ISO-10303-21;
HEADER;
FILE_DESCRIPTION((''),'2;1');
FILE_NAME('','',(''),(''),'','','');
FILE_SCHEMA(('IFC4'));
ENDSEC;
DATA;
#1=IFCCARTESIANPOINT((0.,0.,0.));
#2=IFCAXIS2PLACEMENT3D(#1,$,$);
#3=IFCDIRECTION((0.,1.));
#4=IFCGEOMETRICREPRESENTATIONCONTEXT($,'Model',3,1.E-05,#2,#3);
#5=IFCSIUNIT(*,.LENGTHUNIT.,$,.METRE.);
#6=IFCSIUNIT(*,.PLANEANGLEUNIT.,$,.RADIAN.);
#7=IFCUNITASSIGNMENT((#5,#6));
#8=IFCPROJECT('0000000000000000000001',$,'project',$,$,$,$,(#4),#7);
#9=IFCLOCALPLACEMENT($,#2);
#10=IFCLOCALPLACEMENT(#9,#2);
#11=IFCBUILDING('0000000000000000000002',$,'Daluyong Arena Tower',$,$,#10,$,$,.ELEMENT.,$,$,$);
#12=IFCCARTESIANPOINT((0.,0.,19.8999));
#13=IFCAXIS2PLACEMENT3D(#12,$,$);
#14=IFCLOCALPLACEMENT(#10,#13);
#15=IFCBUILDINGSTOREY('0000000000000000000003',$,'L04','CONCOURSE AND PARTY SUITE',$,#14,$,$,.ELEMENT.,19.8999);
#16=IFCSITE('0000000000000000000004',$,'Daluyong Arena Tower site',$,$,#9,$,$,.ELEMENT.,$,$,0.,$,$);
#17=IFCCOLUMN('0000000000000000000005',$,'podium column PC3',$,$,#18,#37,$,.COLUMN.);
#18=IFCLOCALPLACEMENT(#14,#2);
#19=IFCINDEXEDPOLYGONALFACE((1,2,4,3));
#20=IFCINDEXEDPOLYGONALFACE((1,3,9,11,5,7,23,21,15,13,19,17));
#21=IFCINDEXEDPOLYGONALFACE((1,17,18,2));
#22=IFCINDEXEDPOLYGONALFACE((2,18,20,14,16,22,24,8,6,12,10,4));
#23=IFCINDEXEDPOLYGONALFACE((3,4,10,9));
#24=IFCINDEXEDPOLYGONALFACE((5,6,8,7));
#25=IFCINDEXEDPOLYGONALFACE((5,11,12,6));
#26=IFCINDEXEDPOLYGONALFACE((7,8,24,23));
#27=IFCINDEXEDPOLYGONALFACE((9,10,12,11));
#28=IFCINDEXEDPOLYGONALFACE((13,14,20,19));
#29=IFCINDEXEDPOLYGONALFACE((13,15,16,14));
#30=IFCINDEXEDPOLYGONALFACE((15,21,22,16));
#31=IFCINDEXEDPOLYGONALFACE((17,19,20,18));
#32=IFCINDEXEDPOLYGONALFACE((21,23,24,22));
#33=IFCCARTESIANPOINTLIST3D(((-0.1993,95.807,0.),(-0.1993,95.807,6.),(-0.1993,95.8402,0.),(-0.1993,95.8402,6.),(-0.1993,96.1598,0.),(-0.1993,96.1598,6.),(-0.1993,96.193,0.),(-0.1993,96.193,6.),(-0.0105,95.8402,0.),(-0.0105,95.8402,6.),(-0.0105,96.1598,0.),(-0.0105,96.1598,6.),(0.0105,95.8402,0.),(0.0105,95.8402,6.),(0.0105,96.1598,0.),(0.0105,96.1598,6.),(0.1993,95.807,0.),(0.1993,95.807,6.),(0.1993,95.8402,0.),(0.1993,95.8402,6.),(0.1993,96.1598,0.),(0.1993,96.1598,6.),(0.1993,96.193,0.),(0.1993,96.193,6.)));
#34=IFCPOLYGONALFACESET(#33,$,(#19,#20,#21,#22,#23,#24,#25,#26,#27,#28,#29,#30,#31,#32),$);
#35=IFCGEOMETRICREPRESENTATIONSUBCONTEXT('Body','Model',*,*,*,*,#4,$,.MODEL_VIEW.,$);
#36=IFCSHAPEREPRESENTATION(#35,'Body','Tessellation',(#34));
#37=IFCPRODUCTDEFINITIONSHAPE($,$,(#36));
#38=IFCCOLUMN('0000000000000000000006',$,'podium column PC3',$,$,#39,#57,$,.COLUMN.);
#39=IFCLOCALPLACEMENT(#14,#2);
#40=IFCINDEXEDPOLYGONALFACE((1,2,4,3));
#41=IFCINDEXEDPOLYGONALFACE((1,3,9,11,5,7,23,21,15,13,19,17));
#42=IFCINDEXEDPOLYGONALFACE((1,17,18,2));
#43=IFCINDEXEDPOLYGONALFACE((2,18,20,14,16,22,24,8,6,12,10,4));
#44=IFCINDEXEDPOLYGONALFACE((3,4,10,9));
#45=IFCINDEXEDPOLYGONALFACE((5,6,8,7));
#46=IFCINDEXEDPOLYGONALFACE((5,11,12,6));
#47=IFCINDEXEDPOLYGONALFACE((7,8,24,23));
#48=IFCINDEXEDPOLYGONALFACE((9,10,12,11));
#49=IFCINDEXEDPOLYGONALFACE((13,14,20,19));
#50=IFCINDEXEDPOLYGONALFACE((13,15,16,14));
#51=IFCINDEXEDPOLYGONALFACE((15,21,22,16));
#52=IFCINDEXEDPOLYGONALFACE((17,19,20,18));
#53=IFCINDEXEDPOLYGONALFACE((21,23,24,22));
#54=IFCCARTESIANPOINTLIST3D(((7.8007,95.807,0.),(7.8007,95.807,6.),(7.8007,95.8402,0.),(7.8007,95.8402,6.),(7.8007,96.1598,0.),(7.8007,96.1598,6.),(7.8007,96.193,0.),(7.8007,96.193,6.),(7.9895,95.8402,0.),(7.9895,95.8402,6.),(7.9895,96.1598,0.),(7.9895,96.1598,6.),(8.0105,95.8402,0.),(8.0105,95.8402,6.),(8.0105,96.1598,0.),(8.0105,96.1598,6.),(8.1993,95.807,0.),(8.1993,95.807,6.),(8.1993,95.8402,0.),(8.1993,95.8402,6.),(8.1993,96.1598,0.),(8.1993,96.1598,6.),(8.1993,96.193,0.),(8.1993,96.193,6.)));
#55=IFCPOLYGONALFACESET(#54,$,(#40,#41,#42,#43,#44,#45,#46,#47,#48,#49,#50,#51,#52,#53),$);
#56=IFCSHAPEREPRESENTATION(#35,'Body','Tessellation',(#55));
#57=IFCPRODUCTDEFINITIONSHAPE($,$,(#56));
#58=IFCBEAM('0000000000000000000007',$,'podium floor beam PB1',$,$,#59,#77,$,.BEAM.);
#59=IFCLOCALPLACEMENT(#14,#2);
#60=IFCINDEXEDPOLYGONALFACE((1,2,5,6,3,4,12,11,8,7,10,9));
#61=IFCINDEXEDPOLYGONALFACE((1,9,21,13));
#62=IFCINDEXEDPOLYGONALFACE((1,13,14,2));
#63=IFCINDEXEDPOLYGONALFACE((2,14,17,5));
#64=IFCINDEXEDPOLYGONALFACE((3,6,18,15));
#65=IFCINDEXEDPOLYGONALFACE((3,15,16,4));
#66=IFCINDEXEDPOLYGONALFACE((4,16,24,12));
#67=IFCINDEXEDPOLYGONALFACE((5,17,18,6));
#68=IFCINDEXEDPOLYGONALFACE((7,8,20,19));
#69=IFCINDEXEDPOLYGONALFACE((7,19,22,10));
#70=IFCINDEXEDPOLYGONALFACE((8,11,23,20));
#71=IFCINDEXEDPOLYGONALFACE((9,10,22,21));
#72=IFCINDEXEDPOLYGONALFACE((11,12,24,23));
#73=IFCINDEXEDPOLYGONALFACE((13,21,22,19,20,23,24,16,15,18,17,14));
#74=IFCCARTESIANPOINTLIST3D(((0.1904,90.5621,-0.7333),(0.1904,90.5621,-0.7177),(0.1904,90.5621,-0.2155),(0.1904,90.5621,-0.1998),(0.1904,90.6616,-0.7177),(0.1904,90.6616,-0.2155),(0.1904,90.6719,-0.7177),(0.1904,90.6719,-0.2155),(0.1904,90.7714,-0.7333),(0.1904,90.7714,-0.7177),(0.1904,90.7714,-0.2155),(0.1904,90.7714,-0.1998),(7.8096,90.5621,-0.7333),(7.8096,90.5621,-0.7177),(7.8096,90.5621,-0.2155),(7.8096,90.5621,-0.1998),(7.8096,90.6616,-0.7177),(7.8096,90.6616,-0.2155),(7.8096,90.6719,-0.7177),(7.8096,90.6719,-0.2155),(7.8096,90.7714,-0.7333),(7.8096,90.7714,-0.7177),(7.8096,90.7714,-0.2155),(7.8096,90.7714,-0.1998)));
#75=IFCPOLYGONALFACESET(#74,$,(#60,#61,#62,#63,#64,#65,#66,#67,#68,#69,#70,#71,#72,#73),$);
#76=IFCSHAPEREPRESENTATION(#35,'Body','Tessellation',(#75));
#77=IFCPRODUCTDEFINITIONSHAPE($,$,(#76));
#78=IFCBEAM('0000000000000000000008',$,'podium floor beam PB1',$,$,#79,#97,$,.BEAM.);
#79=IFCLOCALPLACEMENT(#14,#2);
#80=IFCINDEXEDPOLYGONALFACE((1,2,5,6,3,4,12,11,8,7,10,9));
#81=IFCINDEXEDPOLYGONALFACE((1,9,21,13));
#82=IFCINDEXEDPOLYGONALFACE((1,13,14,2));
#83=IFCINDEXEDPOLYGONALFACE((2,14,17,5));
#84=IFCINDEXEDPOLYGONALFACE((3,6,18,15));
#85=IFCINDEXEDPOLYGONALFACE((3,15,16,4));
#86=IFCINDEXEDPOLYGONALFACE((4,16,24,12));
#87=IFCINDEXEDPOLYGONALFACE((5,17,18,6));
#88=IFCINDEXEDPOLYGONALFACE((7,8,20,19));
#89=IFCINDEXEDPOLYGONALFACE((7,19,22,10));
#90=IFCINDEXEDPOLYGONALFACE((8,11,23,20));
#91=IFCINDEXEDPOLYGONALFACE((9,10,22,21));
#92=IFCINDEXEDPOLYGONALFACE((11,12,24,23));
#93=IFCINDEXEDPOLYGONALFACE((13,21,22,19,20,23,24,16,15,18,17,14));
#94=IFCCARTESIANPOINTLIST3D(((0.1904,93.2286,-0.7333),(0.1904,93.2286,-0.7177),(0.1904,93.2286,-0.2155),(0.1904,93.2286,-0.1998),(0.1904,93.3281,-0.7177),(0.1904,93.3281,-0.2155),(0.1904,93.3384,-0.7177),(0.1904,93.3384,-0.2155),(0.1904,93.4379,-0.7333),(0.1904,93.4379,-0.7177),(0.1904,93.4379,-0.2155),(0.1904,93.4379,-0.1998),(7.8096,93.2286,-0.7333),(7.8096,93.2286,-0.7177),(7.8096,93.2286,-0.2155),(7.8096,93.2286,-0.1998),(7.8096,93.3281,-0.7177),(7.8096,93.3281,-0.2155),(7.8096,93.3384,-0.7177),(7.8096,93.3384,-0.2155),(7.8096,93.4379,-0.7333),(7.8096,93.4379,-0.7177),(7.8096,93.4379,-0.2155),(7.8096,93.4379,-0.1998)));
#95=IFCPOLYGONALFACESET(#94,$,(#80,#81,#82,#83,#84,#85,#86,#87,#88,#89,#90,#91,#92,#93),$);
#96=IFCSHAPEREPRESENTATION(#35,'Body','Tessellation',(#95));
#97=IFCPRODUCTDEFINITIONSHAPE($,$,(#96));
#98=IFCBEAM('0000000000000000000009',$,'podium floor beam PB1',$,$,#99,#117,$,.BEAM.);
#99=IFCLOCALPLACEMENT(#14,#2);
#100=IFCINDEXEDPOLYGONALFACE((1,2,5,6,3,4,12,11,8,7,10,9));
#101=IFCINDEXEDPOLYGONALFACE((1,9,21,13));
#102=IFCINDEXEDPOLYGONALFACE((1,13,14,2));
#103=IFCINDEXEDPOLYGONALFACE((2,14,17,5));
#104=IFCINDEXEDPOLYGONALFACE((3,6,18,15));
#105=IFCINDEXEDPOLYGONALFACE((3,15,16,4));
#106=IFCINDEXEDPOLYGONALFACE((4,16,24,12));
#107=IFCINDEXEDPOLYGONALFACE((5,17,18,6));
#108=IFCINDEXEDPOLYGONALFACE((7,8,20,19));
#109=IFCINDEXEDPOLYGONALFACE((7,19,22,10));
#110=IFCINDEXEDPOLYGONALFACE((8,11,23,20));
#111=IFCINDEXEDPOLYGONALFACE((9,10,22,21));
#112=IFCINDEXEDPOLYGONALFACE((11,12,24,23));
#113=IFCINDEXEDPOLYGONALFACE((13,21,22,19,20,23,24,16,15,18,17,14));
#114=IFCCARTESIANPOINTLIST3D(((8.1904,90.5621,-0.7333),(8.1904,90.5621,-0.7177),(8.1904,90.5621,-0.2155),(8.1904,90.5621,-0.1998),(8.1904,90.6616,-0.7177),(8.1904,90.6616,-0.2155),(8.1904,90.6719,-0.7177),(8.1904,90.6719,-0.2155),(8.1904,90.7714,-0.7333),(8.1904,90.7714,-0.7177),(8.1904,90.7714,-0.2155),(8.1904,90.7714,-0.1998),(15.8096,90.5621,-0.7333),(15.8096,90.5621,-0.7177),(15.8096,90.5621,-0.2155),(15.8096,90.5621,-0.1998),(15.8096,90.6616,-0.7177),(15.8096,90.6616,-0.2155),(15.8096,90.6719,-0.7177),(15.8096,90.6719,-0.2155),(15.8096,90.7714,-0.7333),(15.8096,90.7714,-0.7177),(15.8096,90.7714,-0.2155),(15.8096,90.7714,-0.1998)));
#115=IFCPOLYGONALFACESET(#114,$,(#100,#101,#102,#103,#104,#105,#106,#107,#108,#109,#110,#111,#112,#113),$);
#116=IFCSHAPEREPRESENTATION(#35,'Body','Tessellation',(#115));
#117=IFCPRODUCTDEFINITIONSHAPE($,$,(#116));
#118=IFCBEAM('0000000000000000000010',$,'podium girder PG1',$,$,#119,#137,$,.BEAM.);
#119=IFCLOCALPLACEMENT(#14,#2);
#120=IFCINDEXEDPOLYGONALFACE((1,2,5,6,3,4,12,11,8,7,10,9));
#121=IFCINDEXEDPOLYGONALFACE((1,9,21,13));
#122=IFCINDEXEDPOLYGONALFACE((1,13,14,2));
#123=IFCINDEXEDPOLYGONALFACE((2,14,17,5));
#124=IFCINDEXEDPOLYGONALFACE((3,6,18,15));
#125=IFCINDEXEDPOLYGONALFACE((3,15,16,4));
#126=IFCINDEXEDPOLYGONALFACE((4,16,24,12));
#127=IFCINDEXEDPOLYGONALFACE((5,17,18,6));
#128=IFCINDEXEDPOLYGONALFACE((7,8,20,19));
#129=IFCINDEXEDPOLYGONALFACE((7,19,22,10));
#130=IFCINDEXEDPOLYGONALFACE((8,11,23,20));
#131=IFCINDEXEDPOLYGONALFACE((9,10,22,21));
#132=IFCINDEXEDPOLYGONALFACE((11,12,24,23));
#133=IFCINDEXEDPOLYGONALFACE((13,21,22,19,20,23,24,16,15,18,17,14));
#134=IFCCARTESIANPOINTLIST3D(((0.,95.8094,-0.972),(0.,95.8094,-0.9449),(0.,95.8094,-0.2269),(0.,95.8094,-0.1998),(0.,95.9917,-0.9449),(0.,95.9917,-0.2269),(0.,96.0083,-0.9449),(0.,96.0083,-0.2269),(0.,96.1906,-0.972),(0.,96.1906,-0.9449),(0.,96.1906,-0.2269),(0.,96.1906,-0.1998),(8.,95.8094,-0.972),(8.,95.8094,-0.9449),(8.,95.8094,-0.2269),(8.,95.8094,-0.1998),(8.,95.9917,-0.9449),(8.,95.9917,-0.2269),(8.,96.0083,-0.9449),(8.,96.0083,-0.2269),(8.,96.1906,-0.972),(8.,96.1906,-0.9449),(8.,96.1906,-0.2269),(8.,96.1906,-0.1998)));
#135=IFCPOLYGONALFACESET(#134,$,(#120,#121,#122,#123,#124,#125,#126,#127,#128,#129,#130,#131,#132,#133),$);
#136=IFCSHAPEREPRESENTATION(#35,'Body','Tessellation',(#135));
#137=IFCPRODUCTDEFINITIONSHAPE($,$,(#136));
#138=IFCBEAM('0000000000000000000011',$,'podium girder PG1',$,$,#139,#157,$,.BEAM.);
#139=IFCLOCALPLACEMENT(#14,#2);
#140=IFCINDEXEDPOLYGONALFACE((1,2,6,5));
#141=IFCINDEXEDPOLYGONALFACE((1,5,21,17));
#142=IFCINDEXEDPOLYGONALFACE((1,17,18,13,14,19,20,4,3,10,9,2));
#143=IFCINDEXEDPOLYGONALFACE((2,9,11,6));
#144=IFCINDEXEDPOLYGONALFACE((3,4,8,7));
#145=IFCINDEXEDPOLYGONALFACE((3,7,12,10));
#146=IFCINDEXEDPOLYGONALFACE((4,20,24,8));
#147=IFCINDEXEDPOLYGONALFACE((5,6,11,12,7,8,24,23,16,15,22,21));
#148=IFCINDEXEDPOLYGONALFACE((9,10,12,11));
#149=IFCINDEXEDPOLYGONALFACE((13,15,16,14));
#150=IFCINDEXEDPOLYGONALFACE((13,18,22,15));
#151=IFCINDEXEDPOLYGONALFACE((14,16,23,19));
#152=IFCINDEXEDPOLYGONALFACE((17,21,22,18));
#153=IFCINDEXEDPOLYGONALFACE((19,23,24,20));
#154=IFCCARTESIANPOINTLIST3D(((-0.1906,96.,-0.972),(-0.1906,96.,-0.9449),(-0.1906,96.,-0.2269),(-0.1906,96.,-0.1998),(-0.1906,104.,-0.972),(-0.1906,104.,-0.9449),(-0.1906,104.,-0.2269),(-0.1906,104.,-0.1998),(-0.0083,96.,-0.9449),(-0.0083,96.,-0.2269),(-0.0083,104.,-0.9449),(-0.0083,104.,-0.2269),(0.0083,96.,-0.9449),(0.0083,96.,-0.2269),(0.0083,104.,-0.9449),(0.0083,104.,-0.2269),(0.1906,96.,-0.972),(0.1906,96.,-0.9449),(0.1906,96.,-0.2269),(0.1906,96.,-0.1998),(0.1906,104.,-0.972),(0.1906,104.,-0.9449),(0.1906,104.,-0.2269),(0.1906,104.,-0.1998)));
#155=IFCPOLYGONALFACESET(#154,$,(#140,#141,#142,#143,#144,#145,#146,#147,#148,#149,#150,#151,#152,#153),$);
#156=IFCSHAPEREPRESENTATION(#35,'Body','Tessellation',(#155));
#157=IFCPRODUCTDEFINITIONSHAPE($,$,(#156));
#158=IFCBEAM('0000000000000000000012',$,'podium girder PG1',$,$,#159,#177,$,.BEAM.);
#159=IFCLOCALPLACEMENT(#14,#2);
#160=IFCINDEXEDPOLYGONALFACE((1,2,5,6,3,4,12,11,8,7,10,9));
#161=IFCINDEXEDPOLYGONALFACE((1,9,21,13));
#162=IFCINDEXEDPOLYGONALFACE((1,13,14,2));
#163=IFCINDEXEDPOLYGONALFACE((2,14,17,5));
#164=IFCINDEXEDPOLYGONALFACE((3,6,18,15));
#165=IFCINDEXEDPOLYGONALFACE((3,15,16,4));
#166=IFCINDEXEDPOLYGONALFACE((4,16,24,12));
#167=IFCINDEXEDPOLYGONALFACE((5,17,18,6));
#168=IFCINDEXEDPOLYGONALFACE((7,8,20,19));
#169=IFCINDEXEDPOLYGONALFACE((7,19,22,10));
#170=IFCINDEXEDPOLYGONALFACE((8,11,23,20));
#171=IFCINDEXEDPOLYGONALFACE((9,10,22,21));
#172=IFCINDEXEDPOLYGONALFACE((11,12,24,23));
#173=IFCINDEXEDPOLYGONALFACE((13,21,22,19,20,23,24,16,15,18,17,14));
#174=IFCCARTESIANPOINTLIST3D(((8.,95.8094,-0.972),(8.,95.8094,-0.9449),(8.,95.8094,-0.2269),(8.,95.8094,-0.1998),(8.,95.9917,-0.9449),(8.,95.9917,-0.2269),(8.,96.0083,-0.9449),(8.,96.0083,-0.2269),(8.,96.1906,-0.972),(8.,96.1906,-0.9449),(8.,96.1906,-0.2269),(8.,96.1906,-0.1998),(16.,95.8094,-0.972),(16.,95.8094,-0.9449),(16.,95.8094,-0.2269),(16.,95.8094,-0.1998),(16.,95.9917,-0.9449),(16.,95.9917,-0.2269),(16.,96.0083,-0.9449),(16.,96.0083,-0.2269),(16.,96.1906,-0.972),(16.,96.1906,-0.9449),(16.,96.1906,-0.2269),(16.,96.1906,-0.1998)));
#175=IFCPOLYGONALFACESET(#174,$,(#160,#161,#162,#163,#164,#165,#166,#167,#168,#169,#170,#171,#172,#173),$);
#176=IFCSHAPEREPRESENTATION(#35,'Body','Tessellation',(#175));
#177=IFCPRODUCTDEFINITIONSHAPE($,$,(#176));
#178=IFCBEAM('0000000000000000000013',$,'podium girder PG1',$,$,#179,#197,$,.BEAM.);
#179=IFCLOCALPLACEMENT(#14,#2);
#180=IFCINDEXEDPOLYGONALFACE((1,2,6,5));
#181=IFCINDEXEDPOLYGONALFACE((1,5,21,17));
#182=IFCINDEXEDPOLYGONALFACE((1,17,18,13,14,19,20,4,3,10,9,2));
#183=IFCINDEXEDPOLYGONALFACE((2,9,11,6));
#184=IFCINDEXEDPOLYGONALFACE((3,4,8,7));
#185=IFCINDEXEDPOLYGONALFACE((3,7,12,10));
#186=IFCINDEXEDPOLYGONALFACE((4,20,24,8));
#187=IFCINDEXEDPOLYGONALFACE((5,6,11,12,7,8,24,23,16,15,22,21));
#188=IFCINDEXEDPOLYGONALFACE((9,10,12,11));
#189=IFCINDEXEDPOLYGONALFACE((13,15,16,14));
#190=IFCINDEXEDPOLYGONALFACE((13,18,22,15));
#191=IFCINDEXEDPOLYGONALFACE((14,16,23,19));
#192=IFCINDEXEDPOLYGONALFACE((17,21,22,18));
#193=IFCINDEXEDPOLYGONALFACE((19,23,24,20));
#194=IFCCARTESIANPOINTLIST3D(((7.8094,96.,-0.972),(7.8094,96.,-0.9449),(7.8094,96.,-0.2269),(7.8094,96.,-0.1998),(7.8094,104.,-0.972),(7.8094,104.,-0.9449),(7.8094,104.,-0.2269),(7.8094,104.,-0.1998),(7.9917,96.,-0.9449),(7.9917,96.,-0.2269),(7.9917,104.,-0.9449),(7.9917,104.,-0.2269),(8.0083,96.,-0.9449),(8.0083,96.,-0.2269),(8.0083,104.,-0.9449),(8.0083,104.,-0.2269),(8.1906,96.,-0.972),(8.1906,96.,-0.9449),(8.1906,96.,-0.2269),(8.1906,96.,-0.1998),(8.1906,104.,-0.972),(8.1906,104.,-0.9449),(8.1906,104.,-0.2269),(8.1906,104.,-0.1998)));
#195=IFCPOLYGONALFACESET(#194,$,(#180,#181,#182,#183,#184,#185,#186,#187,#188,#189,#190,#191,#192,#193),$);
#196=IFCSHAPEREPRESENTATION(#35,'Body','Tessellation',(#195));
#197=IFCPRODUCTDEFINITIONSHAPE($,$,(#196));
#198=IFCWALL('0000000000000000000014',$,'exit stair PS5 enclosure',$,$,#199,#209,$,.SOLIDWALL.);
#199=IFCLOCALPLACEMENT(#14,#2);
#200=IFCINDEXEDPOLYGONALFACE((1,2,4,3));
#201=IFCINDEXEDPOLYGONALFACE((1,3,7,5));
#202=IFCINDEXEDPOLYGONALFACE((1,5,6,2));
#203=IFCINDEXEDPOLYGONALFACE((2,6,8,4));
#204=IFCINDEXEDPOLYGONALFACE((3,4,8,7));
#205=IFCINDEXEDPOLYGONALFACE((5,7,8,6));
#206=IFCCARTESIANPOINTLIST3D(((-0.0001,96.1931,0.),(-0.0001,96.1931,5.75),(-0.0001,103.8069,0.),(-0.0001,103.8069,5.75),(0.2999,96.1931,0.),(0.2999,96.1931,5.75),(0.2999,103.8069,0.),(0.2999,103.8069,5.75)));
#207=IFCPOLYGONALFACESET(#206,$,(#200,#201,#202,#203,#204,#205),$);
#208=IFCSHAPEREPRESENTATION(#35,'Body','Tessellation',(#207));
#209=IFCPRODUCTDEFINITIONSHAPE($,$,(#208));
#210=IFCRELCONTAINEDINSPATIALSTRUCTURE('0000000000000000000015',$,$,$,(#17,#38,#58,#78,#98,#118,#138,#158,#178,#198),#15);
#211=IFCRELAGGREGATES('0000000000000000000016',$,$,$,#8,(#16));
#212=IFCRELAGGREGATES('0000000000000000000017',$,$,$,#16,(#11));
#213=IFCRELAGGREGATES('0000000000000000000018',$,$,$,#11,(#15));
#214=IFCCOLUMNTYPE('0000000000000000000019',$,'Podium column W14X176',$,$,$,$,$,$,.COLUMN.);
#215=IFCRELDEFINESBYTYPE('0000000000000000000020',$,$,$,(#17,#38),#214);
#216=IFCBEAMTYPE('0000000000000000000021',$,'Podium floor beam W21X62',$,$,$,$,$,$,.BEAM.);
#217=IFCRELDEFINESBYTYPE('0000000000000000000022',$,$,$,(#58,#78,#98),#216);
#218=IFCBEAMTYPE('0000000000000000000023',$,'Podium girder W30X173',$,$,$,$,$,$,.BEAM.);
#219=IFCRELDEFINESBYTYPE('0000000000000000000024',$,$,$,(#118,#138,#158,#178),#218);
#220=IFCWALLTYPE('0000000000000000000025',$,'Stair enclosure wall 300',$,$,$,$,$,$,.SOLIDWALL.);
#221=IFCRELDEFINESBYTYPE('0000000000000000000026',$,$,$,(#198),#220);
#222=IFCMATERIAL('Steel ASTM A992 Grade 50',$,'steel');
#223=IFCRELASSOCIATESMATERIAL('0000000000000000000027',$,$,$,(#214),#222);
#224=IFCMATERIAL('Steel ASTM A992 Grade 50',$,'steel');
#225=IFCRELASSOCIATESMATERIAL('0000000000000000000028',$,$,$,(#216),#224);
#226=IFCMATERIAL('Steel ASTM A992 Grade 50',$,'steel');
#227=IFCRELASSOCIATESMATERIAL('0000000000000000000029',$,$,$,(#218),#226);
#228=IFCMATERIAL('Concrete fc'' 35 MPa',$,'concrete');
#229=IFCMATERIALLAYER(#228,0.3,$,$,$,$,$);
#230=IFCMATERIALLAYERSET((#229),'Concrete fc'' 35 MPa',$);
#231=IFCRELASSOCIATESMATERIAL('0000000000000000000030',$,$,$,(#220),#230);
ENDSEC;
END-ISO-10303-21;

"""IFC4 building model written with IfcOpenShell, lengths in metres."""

from ifc_helpers import new_model, si_unit, direction, frame, frame_2d, origin, origin_2d, place, context, subcontext, project, spatial, rectangle, i_section, extrude, material, layer, layer_set, material_profile, profile_set, type_object, element, save


model = new_model("IFC4")

# Units and contexts
model_context = context("Model", 3, precision=1e-05, world=origin(), true_north=direction((0.0, 1.0)))
body_context = subcontext(model_context, "Body", "Model", "MODEL_VIEW")
ifc_project = project(units=[si_unit("LENGTHUNIT", "METRE"), si_unit("PLANEANGLEUNIT", "RADIAN")], contexts=[model_context])

# Site, building, storey
site_placement = place(None, origin())
site = spatial("IfcSite", under=ifc_project, at=site_placement, Name="Daluyong Arena Tower site", CompositionType="ELEMENT", RefElevation=0.0)
building_placement = place(site_placement, origin())
building = spatial("IfcBuilding", under=site, at=building_placement, Name="Daluyong Arena Tower", CompositionType="ELEMENT")
storey_placement = place(building_placement, frame((0.0, 0.0, 19.8999)))
storey = spatial("IfcBuildingStorey", under=building, at=storey_placement, Name="L04", Description="CONCOURSE AND PARTY SUITE", CompositionType="ELEMENT", Elevation=19.8999)

# Columns
ifc_material_1 = material(Name="Steel ASTM A992 Grade 50", Category="steel")
ifc_material_profile_1 = material_profile(ifc_material_1, i_section(OverallWidth=0.3987, OverallDepth=0.386, WebThickness=0.021, FlangeThickness=0.0332, at=origin_2d()))
ifc_profile_set_1 = profile_set([ifc_material_profile_1], Name="Steel ASTM A992 Grade 50")
column_type = type_object("IfcColumnType", Name="Podium column W14X176", PredefinedType="COLUMN", material=ifc_profile_set_1)
for number, where, z_axis, x_axis, name in (
    (1, (0.0, 96.0, 0.0), (0.0, 0.0, 1.0), (1.0, 0.0, 0.0), "podium column PC3"),
    (2, (8.0, 96.0, 0.0), (0.0, 0.0, 1.0), (1.0, 0.0, 0.0), "podium column PC3"),
):
    element("IfcColumn", number, at=place(storey_placement, frame(where, z_axis=z_axis, x_axis=x_axis)), inside=storey, type_object=column_type, Name=name, PredefinedType="COLUMN", context=body_context, shape_type="SweptSolid", body=[
        extrude(i_section(OverallWidth=0.3987, OverallDepth=0.386, WebThickness=0.021, FlangeThickness=0.0332, at=origin_2d()), origin(), (0.0, 0.0, 1.0), 6.0),
    ])

# Beams
ifc_material_2 = material(Name="Steel ASTM A992 Grade 50", Category="steel")
ifc_material_profile_2 = material_profile(ifc_material_2, i_section(OverallWidth=0.2092, OverallDepth=0.5334, WebThickness=0.0103, FlangeThickness=0.0156, at=origin_2d()))
ifc_profile_set_2 = profile_set([ifc_material_profile_2], Name="Steel ASTM A992 Grade 50")
beam_type_1 = type_object("IfcBeamType", Name="Podium floor beam W21X62", PredefinedType="BEAM", material=ifc_profile_set_2)
for number, where, z_axis, x_axis, name in (
    (3, (0.1904, 90.6667, -0.4666), (1.0, 0.0, 0.0), (0.0, 1.0, 0.0), "podium floor beam PB1"),
    (4, (0.1904, 93.3333, -0.4666), (1.0, 0.0, 0.0), (0.0, 1.0, 0.0), "podium floor beam PB1"),
    (5, (8.1904, 90.6667, -0.4666), (1.0, 0.0, 0.0), (0.0, 1.0, 0.0), "podium floor beam PB1"),
):
    element("IfcBeam", number, at=place(storey_placement, frame(where, z_axis=z_axis, x_axis=x_axis)), inside=storey, type_object=beam_type_1, Name=name, PredefinedType="BEAM", context=body_context, shape_type="SweptSolid", body=[
        extrude(i_section(OverallWidth=0.2092, OverallDepth=0.5334, WebThickness=0.0103, FlangeThickness=0.0156, at=origin_2d()), origin(), (0.0, 0.0, 1.0), 7.6191),
    ])
ifc_material_3 = material(Name="Steel ASTM A992 Grade 50", Category="steel")
ifc_material_profile_3 = material_profile(ifc_material_3, i_section(OverallWidth=0.3811, OverallDepth=0.7722, WebThickness=0.0166, FlangeThickness=0.0271, at=origin_2d()))
ifc_profile_set_3 = profile_set([ifc_material_profile_3], Name="Steel ASTM A992 Grade 50")
beam_type_2 = type_object("IfcBeamType", Name="Podium girder W30X173", PredefinedType="BEAM", material=ifc_profile_set_3)
for number, where, z_axis, x_axis, name in (
    (6, (0.0, 96.0, -0.5859), (1.0, 0.0, 0.0), (0.0, 1.0, 0.0), "podium girder PG1"),
    (7, (0.0, 96.0, -0.5859), (0.0, 1.0, 0.0), (-1.0, 0.0, 0.0), "podium girder PG1"),
    (8, (8.0, 96.0, -0.5859), (1.0, 0.0, 0.0), (0.0, 1.0, 0.0), "podium girder PG1"),
    (9, (8.0, 96.0, -0.5859), (0.0, 1.0, 0.0), (-1.0, 0.0, 0.0), "podium girder PG1"),
):
    element("IfcBeam", number, at=place(storey_placement, frame(where, z_axis=z_axis, x_axis=x_axis)), inside=storey, type_object=beam_type_2, Name=name, PredefinedType="BEAM", context=body_context, shape_type="SweptSolid", body=[
        extrude(i_section(OverallWidth=0.3811, OverallDepth=0.7722, WebThickness=0.0166, FlangeThickness=0.0271, at=origin_2d()), origin(), (0.0, 0.0, 1.0), 8.0),
    ])

# Wall
ifc_material_4 = material(Name="Concrete fc' 35 MPa", Category="concrete")
ifc_layer = layer(ifc_material_4, 0.3)
ifc_layer_set = layer_set([ifc_layer], Name="Concrete fc' 35 MPa")
wall_type = type_object("IfcWallType", Name="Stair enclosure wall 300", PredefinedType="SOLIDWALL", material=ifc_layer_set)
wall_placement = place(storey_placement, frame((0.1499, 96.1931, 0.0), z_axis=(0.0, 0.0, 1.0), x_axis=(0.0, 1.0, 0.0)))
element("IfcWall", 10, at=wall_placement, inside=storey, type_object=wall_type, Name="exit stair PS5 enclosure", PredefinedType="SOLIDWALL", context=body_context, shape_type="SweptSolid", body=[
    extrude(rectangle(XDim=7.6138, YDim=0.3, at=frame_2d((3.8069, 0.0))), origin(), (0.0, 0.0, 1.0), 5.75),
])

save(model, "model.ifc")
